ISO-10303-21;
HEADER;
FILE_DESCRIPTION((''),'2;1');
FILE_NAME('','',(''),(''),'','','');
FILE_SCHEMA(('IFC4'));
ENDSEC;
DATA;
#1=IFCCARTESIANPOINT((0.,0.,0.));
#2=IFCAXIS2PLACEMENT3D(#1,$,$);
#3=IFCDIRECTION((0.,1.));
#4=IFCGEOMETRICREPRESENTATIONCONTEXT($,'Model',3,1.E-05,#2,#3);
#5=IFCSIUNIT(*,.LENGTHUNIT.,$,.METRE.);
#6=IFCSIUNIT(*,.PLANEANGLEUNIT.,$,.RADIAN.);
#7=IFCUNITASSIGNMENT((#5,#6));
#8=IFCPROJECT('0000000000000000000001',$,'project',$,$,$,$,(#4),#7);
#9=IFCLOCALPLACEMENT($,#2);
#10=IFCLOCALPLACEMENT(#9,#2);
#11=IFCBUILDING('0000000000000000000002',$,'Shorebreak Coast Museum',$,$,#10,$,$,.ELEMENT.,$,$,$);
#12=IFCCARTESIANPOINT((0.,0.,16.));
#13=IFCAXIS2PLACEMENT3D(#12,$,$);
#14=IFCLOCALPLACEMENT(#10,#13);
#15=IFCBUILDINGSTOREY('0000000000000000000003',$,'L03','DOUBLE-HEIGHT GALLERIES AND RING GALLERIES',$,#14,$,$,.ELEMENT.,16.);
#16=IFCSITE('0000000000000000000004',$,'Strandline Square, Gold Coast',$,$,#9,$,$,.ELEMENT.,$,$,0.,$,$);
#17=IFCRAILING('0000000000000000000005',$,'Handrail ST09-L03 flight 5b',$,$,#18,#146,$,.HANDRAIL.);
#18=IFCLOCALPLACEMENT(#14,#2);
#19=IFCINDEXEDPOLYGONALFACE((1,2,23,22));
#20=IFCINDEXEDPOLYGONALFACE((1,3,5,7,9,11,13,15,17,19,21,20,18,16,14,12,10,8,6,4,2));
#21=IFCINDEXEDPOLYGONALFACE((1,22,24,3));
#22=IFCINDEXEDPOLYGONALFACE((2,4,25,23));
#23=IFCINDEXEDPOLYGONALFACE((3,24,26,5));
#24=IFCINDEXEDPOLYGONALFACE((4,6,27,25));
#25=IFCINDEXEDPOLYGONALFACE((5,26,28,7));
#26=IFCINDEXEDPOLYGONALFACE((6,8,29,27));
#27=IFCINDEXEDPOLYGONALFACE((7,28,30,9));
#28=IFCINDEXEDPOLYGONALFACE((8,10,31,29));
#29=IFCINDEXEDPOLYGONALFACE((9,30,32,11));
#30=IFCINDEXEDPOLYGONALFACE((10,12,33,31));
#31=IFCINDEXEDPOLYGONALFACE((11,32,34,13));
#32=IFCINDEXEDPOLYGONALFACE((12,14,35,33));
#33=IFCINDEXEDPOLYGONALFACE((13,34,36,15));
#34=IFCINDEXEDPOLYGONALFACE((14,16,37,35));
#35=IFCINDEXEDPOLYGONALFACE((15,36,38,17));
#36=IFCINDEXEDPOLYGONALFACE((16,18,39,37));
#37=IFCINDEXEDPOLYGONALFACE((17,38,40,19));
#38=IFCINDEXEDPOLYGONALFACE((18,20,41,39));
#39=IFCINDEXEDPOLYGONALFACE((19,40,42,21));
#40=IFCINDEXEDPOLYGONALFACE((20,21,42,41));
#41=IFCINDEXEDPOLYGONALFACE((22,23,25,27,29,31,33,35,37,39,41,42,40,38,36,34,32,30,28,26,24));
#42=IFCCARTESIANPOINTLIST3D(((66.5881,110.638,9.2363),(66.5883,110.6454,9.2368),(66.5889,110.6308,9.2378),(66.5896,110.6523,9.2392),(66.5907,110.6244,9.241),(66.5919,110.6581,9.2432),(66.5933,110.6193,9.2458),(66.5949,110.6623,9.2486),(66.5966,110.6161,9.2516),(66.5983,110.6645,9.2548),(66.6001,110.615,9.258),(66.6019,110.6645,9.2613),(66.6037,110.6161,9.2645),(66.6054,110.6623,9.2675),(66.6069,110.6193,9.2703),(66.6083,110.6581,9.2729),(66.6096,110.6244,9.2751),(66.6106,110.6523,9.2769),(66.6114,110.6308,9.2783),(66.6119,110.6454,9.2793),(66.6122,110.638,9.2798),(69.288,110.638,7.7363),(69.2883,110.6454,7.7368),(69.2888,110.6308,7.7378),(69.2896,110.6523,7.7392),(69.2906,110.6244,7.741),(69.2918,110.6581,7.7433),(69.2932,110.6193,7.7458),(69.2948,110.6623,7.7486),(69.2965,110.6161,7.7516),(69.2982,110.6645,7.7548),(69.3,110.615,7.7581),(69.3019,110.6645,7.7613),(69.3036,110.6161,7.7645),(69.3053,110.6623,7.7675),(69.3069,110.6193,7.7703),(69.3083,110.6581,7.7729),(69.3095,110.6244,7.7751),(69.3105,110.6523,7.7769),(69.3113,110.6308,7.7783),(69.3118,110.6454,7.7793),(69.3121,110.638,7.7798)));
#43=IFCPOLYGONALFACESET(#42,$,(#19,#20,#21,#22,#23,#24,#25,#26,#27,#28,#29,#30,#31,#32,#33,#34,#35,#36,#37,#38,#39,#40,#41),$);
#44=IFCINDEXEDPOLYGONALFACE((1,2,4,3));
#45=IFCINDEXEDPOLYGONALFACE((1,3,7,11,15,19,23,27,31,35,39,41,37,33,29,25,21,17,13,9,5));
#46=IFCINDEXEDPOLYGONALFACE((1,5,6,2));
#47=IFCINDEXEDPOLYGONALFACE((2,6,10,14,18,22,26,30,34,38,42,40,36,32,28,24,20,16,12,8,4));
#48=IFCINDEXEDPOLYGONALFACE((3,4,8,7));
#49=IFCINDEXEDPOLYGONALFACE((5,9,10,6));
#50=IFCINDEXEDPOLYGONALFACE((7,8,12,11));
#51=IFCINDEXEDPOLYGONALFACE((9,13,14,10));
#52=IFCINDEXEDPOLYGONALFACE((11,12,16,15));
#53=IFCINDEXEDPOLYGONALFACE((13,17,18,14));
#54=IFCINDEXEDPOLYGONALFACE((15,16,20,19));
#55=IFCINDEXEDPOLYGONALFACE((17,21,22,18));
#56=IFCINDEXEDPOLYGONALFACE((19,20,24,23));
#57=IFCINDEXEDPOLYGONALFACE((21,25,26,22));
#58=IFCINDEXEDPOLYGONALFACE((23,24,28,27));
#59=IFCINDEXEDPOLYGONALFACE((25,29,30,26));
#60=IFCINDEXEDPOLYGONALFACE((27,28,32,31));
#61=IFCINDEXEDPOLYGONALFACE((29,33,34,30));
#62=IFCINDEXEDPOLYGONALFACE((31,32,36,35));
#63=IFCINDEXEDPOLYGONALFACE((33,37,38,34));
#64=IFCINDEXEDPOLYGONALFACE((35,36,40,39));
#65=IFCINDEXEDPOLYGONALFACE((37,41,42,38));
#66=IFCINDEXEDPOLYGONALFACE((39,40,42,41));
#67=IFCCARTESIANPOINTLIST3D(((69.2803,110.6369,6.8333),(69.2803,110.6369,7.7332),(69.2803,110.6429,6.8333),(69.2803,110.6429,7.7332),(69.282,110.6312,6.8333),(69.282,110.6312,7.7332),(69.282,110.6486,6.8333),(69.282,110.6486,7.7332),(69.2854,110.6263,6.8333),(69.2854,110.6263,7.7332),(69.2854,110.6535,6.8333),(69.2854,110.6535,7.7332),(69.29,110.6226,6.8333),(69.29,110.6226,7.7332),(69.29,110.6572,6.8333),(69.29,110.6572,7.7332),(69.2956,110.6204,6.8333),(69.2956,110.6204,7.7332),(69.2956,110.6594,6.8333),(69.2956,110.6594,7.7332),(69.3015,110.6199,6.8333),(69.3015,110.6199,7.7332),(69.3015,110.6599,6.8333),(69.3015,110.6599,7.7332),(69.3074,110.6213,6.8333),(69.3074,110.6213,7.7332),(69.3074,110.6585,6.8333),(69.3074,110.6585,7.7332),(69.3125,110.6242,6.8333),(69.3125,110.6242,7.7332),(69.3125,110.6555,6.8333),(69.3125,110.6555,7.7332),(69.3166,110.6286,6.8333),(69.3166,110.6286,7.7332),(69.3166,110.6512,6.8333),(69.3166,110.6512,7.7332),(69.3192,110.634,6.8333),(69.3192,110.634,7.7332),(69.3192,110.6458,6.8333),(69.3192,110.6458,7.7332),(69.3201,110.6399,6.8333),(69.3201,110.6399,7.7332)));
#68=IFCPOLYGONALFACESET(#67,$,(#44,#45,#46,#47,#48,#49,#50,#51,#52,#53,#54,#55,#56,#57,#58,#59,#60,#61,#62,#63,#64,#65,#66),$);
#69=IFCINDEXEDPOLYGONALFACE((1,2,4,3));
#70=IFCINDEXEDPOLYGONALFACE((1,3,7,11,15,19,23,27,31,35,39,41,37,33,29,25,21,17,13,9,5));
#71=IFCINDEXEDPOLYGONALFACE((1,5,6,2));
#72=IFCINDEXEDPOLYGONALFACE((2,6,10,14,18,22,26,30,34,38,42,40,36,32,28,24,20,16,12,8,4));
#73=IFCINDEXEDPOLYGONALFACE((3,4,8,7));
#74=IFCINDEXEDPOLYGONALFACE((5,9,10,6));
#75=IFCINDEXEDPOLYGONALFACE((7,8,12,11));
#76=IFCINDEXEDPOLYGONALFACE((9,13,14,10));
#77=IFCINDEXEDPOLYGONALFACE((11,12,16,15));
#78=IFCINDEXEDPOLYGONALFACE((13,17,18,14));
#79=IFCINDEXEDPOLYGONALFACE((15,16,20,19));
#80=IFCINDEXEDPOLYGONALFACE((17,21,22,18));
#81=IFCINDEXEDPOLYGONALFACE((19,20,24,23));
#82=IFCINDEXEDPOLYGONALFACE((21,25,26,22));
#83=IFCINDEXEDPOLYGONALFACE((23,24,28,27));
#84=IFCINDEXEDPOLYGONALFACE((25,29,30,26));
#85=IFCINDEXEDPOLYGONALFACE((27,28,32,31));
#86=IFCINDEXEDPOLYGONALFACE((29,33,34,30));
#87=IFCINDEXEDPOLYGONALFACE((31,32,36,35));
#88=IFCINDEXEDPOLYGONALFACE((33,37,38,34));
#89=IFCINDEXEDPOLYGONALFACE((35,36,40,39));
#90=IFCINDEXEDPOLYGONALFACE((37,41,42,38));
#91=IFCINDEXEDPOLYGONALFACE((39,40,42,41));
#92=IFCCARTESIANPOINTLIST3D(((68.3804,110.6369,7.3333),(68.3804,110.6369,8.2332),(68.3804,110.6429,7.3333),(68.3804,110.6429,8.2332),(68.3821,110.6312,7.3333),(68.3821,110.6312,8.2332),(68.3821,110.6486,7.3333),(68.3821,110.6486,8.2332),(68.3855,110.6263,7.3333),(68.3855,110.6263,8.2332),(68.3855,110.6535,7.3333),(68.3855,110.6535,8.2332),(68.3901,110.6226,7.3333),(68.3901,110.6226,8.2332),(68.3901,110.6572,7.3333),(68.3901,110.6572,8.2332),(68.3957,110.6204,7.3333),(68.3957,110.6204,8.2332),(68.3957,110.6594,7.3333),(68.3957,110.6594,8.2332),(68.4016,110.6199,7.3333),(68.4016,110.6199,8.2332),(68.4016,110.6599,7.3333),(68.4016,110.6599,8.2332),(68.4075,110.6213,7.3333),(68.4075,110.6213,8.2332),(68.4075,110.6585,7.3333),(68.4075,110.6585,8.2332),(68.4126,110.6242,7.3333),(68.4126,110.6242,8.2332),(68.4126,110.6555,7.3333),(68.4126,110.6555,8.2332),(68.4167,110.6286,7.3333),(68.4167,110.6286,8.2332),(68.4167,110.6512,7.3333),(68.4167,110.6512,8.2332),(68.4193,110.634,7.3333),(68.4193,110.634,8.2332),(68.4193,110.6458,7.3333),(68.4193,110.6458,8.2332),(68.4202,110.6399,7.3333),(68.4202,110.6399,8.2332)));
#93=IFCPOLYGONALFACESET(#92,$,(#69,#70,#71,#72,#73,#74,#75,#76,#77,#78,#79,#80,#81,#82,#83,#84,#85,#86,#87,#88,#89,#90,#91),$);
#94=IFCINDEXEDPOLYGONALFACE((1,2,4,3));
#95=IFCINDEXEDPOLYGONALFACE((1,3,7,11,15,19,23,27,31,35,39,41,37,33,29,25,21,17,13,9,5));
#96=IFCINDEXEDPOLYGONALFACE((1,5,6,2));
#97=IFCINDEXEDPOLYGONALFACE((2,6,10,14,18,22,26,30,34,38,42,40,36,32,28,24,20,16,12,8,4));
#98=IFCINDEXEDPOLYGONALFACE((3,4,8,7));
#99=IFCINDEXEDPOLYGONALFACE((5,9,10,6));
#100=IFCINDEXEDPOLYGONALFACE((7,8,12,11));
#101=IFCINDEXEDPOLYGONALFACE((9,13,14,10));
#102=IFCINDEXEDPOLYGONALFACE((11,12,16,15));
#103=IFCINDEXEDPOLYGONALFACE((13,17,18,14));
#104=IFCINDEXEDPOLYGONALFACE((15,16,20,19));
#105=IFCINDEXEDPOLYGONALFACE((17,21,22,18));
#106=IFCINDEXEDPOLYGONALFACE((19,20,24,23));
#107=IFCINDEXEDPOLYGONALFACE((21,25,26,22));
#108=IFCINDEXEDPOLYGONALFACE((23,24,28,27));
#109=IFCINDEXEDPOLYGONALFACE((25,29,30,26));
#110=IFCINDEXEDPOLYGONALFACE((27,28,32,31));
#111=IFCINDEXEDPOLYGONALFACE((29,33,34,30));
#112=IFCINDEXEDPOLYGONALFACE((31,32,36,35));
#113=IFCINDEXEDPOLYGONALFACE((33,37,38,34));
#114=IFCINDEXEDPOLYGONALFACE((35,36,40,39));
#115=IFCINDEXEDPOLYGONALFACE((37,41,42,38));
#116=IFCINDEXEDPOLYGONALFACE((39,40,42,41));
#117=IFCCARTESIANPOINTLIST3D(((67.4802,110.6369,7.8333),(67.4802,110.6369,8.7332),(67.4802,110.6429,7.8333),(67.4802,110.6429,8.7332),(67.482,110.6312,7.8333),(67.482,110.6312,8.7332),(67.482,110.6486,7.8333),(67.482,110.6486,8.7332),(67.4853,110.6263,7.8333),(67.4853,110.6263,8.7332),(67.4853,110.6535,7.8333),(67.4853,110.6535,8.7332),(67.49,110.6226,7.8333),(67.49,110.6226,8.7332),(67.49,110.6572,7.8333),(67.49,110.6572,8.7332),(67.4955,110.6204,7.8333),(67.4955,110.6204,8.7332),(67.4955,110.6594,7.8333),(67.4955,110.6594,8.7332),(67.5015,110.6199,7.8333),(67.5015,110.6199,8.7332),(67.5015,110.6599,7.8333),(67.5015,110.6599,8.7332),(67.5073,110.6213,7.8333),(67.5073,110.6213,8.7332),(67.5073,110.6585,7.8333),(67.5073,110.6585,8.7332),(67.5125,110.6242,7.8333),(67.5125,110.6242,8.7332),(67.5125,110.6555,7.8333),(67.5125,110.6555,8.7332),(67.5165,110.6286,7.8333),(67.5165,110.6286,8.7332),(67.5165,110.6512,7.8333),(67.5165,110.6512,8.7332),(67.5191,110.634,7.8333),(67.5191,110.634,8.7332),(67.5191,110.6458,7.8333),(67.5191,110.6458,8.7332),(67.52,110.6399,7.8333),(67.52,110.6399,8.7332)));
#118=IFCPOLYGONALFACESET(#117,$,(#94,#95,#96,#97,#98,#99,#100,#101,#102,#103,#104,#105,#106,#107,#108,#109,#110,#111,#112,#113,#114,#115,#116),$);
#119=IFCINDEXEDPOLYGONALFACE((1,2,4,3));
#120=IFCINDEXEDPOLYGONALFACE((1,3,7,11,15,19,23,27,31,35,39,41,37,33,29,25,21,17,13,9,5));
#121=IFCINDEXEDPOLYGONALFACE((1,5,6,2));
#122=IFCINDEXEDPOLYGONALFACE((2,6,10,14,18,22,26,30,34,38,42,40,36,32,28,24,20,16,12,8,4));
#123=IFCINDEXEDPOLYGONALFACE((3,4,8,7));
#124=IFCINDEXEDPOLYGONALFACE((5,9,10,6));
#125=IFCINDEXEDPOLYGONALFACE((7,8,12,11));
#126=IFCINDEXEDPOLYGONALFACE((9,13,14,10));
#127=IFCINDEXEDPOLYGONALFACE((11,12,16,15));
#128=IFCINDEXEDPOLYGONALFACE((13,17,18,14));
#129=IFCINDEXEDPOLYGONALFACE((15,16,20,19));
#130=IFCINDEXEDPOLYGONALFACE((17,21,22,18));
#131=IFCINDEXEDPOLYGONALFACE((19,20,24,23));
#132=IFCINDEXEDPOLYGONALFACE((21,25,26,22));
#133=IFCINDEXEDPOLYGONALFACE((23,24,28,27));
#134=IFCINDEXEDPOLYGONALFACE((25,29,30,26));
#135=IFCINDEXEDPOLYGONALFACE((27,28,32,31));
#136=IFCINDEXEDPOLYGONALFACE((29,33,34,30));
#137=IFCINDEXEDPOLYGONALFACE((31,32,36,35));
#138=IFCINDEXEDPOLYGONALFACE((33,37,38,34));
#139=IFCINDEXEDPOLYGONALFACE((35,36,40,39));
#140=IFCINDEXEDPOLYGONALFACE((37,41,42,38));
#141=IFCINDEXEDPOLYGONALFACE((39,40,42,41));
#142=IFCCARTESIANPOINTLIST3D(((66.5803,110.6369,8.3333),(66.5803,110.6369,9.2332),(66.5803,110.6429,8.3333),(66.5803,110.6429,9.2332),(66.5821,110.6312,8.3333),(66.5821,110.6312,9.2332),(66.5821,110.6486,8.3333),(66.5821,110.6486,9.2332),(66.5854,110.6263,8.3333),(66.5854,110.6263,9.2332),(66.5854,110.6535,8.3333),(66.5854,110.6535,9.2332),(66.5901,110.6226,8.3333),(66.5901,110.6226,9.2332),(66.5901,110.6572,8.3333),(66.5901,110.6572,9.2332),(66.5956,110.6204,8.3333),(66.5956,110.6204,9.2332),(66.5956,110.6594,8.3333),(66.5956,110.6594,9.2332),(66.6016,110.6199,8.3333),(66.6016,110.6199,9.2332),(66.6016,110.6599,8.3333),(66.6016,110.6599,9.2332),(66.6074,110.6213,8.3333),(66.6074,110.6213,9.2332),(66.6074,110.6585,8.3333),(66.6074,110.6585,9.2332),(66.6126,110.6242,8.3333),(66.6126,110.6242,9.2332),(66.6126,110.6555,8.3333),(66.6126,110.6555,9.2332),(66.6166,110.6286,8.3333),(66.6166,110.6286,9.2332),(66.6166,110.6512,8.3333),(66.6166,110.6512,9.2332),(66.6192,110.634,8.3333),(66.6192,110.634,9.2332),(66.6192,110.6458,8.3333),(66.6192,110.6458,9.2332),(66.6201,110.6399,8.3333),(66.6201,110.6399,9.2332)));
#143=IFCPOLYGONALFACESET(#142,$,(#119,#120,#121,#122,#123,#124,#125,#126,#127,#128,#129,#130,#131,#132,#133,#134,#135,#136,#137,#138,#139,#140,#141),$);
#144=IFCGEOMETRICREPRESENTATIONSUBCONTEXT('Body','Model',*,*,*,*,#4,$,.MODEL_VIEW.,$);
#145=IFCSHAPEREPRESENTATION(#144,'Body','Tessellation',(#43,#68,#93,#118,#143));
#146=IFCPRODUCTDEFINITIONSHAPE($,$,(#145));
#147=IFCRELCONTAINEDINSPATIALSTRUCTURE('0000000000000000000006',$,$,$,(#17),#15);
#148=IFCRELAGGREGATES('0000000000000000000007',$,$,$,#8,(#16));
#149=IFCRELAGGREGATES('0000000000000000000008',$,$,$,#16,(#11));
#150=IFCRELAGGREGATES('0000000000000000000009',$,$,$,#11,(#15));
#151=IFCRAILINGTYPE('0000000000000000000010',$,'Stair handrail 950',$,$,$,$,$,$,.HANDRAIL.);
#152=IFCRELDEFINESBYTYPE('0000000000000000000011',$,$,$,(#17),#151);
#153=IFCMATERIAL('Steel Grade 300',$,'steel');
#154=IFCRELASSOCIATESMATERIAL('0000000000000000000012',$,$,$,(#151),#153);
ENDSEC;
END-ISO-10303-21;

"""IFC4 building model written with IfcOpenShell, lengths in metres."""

from ifc_helpers import new_model, si_unit, direction, frame, origin, origin_2d, place, context, subcontext, project, spatial, circle, extrude, material, type_object, element, save


model = new_model("IFC4")

# Units and contexts
model_context = context("Model", 3, precision=1e-05, world=origin(), true_north=direction((0.0, 1.0)))
body_context = subcontext(model_context, "Body", "Model", "MODEL_VIEW")
ifc_project = project(units=[si_unit("LENGTHUNIT", "METRE"), si_unit("PLANEANGLEUNIT", "RADIAN")], contexts=[model_context])

# Site, building, storey
site_placement = place(None, origin())
site = spatial("IfcSite", under=ifc_project, at=site_placement, Name="Strandline Square, Gold Coast", CompositionType="ELEMENT", RefElevation=0.0)
building_placement = place(site_placement, origin())
building = spatial("IfcBuilding", under=site, at=building_placement, Name="Shorebreak Coast Museum", CompositionType="ELEMENT")
storey_placement = place(building_placement, frame((0.0, 0.0, 16.0)))
storey = spatial("IfcBuildingStorey", under=building, at=storey_placement, Name="L03", Description="DOUBLE-HEIGHT GALLERIES AND RING GALLERIES", CompositionType="ELEMENT", Elevation=16.0)

# Railing
ifc_material_1 = material(Name="Steel Grade 300", Category="steel")
railing_type_1 = type_object("IfcRailingType", Name="Stair handrail 950", PredefinedType="HANDRAIL", material=ifc_material_1)
for number, where, name in (
    (1, (69.3, 110.6399, 6.8333), "Handrail ST09-L03 flight 5b"),
):
    element("IfcRailing", number, at=place(storey_placement, frame(where)), inside=storey, type_object=railing_type_1, Name=name, PredefinedType="HANDRAIL", context=body_context, shape_type="SweptSolid", body=[
        extrude(circle(Radius=0.0249, at=origin_2d()), frame((0.0, 0.0, 0.9248), z_axis=(-0.874154, 0.0, 0.48565), x_axis=(0.0, -1.0, 0.0)), (0.0, 0.0, 1.0), 3.0886),
        extrude(circle(Radius=0.02, at=origin_2d()), origin(), (0.0, 0.0, 1.0), 0.8999),
        extrude(circle(Radius=0.02, at=origin_2d()), frame((-0.8999, 0.0, 0.5)), (0.0, 0.0, 1.0), 0.8999),
        extrude(circle(Radius=0.02, at=origin_2d()), frame((-1.8, 0.0, 1.0)), (0.0, 0.0, 1.0), 0.8999),
        extrude(circle(Radius=0.02, at=origin_2d()), frame((-2.7, 0.0, 1.5)), (0.0, 0.0, 1.0), 0.8999),
    ])

save(model, "model.ifc")
